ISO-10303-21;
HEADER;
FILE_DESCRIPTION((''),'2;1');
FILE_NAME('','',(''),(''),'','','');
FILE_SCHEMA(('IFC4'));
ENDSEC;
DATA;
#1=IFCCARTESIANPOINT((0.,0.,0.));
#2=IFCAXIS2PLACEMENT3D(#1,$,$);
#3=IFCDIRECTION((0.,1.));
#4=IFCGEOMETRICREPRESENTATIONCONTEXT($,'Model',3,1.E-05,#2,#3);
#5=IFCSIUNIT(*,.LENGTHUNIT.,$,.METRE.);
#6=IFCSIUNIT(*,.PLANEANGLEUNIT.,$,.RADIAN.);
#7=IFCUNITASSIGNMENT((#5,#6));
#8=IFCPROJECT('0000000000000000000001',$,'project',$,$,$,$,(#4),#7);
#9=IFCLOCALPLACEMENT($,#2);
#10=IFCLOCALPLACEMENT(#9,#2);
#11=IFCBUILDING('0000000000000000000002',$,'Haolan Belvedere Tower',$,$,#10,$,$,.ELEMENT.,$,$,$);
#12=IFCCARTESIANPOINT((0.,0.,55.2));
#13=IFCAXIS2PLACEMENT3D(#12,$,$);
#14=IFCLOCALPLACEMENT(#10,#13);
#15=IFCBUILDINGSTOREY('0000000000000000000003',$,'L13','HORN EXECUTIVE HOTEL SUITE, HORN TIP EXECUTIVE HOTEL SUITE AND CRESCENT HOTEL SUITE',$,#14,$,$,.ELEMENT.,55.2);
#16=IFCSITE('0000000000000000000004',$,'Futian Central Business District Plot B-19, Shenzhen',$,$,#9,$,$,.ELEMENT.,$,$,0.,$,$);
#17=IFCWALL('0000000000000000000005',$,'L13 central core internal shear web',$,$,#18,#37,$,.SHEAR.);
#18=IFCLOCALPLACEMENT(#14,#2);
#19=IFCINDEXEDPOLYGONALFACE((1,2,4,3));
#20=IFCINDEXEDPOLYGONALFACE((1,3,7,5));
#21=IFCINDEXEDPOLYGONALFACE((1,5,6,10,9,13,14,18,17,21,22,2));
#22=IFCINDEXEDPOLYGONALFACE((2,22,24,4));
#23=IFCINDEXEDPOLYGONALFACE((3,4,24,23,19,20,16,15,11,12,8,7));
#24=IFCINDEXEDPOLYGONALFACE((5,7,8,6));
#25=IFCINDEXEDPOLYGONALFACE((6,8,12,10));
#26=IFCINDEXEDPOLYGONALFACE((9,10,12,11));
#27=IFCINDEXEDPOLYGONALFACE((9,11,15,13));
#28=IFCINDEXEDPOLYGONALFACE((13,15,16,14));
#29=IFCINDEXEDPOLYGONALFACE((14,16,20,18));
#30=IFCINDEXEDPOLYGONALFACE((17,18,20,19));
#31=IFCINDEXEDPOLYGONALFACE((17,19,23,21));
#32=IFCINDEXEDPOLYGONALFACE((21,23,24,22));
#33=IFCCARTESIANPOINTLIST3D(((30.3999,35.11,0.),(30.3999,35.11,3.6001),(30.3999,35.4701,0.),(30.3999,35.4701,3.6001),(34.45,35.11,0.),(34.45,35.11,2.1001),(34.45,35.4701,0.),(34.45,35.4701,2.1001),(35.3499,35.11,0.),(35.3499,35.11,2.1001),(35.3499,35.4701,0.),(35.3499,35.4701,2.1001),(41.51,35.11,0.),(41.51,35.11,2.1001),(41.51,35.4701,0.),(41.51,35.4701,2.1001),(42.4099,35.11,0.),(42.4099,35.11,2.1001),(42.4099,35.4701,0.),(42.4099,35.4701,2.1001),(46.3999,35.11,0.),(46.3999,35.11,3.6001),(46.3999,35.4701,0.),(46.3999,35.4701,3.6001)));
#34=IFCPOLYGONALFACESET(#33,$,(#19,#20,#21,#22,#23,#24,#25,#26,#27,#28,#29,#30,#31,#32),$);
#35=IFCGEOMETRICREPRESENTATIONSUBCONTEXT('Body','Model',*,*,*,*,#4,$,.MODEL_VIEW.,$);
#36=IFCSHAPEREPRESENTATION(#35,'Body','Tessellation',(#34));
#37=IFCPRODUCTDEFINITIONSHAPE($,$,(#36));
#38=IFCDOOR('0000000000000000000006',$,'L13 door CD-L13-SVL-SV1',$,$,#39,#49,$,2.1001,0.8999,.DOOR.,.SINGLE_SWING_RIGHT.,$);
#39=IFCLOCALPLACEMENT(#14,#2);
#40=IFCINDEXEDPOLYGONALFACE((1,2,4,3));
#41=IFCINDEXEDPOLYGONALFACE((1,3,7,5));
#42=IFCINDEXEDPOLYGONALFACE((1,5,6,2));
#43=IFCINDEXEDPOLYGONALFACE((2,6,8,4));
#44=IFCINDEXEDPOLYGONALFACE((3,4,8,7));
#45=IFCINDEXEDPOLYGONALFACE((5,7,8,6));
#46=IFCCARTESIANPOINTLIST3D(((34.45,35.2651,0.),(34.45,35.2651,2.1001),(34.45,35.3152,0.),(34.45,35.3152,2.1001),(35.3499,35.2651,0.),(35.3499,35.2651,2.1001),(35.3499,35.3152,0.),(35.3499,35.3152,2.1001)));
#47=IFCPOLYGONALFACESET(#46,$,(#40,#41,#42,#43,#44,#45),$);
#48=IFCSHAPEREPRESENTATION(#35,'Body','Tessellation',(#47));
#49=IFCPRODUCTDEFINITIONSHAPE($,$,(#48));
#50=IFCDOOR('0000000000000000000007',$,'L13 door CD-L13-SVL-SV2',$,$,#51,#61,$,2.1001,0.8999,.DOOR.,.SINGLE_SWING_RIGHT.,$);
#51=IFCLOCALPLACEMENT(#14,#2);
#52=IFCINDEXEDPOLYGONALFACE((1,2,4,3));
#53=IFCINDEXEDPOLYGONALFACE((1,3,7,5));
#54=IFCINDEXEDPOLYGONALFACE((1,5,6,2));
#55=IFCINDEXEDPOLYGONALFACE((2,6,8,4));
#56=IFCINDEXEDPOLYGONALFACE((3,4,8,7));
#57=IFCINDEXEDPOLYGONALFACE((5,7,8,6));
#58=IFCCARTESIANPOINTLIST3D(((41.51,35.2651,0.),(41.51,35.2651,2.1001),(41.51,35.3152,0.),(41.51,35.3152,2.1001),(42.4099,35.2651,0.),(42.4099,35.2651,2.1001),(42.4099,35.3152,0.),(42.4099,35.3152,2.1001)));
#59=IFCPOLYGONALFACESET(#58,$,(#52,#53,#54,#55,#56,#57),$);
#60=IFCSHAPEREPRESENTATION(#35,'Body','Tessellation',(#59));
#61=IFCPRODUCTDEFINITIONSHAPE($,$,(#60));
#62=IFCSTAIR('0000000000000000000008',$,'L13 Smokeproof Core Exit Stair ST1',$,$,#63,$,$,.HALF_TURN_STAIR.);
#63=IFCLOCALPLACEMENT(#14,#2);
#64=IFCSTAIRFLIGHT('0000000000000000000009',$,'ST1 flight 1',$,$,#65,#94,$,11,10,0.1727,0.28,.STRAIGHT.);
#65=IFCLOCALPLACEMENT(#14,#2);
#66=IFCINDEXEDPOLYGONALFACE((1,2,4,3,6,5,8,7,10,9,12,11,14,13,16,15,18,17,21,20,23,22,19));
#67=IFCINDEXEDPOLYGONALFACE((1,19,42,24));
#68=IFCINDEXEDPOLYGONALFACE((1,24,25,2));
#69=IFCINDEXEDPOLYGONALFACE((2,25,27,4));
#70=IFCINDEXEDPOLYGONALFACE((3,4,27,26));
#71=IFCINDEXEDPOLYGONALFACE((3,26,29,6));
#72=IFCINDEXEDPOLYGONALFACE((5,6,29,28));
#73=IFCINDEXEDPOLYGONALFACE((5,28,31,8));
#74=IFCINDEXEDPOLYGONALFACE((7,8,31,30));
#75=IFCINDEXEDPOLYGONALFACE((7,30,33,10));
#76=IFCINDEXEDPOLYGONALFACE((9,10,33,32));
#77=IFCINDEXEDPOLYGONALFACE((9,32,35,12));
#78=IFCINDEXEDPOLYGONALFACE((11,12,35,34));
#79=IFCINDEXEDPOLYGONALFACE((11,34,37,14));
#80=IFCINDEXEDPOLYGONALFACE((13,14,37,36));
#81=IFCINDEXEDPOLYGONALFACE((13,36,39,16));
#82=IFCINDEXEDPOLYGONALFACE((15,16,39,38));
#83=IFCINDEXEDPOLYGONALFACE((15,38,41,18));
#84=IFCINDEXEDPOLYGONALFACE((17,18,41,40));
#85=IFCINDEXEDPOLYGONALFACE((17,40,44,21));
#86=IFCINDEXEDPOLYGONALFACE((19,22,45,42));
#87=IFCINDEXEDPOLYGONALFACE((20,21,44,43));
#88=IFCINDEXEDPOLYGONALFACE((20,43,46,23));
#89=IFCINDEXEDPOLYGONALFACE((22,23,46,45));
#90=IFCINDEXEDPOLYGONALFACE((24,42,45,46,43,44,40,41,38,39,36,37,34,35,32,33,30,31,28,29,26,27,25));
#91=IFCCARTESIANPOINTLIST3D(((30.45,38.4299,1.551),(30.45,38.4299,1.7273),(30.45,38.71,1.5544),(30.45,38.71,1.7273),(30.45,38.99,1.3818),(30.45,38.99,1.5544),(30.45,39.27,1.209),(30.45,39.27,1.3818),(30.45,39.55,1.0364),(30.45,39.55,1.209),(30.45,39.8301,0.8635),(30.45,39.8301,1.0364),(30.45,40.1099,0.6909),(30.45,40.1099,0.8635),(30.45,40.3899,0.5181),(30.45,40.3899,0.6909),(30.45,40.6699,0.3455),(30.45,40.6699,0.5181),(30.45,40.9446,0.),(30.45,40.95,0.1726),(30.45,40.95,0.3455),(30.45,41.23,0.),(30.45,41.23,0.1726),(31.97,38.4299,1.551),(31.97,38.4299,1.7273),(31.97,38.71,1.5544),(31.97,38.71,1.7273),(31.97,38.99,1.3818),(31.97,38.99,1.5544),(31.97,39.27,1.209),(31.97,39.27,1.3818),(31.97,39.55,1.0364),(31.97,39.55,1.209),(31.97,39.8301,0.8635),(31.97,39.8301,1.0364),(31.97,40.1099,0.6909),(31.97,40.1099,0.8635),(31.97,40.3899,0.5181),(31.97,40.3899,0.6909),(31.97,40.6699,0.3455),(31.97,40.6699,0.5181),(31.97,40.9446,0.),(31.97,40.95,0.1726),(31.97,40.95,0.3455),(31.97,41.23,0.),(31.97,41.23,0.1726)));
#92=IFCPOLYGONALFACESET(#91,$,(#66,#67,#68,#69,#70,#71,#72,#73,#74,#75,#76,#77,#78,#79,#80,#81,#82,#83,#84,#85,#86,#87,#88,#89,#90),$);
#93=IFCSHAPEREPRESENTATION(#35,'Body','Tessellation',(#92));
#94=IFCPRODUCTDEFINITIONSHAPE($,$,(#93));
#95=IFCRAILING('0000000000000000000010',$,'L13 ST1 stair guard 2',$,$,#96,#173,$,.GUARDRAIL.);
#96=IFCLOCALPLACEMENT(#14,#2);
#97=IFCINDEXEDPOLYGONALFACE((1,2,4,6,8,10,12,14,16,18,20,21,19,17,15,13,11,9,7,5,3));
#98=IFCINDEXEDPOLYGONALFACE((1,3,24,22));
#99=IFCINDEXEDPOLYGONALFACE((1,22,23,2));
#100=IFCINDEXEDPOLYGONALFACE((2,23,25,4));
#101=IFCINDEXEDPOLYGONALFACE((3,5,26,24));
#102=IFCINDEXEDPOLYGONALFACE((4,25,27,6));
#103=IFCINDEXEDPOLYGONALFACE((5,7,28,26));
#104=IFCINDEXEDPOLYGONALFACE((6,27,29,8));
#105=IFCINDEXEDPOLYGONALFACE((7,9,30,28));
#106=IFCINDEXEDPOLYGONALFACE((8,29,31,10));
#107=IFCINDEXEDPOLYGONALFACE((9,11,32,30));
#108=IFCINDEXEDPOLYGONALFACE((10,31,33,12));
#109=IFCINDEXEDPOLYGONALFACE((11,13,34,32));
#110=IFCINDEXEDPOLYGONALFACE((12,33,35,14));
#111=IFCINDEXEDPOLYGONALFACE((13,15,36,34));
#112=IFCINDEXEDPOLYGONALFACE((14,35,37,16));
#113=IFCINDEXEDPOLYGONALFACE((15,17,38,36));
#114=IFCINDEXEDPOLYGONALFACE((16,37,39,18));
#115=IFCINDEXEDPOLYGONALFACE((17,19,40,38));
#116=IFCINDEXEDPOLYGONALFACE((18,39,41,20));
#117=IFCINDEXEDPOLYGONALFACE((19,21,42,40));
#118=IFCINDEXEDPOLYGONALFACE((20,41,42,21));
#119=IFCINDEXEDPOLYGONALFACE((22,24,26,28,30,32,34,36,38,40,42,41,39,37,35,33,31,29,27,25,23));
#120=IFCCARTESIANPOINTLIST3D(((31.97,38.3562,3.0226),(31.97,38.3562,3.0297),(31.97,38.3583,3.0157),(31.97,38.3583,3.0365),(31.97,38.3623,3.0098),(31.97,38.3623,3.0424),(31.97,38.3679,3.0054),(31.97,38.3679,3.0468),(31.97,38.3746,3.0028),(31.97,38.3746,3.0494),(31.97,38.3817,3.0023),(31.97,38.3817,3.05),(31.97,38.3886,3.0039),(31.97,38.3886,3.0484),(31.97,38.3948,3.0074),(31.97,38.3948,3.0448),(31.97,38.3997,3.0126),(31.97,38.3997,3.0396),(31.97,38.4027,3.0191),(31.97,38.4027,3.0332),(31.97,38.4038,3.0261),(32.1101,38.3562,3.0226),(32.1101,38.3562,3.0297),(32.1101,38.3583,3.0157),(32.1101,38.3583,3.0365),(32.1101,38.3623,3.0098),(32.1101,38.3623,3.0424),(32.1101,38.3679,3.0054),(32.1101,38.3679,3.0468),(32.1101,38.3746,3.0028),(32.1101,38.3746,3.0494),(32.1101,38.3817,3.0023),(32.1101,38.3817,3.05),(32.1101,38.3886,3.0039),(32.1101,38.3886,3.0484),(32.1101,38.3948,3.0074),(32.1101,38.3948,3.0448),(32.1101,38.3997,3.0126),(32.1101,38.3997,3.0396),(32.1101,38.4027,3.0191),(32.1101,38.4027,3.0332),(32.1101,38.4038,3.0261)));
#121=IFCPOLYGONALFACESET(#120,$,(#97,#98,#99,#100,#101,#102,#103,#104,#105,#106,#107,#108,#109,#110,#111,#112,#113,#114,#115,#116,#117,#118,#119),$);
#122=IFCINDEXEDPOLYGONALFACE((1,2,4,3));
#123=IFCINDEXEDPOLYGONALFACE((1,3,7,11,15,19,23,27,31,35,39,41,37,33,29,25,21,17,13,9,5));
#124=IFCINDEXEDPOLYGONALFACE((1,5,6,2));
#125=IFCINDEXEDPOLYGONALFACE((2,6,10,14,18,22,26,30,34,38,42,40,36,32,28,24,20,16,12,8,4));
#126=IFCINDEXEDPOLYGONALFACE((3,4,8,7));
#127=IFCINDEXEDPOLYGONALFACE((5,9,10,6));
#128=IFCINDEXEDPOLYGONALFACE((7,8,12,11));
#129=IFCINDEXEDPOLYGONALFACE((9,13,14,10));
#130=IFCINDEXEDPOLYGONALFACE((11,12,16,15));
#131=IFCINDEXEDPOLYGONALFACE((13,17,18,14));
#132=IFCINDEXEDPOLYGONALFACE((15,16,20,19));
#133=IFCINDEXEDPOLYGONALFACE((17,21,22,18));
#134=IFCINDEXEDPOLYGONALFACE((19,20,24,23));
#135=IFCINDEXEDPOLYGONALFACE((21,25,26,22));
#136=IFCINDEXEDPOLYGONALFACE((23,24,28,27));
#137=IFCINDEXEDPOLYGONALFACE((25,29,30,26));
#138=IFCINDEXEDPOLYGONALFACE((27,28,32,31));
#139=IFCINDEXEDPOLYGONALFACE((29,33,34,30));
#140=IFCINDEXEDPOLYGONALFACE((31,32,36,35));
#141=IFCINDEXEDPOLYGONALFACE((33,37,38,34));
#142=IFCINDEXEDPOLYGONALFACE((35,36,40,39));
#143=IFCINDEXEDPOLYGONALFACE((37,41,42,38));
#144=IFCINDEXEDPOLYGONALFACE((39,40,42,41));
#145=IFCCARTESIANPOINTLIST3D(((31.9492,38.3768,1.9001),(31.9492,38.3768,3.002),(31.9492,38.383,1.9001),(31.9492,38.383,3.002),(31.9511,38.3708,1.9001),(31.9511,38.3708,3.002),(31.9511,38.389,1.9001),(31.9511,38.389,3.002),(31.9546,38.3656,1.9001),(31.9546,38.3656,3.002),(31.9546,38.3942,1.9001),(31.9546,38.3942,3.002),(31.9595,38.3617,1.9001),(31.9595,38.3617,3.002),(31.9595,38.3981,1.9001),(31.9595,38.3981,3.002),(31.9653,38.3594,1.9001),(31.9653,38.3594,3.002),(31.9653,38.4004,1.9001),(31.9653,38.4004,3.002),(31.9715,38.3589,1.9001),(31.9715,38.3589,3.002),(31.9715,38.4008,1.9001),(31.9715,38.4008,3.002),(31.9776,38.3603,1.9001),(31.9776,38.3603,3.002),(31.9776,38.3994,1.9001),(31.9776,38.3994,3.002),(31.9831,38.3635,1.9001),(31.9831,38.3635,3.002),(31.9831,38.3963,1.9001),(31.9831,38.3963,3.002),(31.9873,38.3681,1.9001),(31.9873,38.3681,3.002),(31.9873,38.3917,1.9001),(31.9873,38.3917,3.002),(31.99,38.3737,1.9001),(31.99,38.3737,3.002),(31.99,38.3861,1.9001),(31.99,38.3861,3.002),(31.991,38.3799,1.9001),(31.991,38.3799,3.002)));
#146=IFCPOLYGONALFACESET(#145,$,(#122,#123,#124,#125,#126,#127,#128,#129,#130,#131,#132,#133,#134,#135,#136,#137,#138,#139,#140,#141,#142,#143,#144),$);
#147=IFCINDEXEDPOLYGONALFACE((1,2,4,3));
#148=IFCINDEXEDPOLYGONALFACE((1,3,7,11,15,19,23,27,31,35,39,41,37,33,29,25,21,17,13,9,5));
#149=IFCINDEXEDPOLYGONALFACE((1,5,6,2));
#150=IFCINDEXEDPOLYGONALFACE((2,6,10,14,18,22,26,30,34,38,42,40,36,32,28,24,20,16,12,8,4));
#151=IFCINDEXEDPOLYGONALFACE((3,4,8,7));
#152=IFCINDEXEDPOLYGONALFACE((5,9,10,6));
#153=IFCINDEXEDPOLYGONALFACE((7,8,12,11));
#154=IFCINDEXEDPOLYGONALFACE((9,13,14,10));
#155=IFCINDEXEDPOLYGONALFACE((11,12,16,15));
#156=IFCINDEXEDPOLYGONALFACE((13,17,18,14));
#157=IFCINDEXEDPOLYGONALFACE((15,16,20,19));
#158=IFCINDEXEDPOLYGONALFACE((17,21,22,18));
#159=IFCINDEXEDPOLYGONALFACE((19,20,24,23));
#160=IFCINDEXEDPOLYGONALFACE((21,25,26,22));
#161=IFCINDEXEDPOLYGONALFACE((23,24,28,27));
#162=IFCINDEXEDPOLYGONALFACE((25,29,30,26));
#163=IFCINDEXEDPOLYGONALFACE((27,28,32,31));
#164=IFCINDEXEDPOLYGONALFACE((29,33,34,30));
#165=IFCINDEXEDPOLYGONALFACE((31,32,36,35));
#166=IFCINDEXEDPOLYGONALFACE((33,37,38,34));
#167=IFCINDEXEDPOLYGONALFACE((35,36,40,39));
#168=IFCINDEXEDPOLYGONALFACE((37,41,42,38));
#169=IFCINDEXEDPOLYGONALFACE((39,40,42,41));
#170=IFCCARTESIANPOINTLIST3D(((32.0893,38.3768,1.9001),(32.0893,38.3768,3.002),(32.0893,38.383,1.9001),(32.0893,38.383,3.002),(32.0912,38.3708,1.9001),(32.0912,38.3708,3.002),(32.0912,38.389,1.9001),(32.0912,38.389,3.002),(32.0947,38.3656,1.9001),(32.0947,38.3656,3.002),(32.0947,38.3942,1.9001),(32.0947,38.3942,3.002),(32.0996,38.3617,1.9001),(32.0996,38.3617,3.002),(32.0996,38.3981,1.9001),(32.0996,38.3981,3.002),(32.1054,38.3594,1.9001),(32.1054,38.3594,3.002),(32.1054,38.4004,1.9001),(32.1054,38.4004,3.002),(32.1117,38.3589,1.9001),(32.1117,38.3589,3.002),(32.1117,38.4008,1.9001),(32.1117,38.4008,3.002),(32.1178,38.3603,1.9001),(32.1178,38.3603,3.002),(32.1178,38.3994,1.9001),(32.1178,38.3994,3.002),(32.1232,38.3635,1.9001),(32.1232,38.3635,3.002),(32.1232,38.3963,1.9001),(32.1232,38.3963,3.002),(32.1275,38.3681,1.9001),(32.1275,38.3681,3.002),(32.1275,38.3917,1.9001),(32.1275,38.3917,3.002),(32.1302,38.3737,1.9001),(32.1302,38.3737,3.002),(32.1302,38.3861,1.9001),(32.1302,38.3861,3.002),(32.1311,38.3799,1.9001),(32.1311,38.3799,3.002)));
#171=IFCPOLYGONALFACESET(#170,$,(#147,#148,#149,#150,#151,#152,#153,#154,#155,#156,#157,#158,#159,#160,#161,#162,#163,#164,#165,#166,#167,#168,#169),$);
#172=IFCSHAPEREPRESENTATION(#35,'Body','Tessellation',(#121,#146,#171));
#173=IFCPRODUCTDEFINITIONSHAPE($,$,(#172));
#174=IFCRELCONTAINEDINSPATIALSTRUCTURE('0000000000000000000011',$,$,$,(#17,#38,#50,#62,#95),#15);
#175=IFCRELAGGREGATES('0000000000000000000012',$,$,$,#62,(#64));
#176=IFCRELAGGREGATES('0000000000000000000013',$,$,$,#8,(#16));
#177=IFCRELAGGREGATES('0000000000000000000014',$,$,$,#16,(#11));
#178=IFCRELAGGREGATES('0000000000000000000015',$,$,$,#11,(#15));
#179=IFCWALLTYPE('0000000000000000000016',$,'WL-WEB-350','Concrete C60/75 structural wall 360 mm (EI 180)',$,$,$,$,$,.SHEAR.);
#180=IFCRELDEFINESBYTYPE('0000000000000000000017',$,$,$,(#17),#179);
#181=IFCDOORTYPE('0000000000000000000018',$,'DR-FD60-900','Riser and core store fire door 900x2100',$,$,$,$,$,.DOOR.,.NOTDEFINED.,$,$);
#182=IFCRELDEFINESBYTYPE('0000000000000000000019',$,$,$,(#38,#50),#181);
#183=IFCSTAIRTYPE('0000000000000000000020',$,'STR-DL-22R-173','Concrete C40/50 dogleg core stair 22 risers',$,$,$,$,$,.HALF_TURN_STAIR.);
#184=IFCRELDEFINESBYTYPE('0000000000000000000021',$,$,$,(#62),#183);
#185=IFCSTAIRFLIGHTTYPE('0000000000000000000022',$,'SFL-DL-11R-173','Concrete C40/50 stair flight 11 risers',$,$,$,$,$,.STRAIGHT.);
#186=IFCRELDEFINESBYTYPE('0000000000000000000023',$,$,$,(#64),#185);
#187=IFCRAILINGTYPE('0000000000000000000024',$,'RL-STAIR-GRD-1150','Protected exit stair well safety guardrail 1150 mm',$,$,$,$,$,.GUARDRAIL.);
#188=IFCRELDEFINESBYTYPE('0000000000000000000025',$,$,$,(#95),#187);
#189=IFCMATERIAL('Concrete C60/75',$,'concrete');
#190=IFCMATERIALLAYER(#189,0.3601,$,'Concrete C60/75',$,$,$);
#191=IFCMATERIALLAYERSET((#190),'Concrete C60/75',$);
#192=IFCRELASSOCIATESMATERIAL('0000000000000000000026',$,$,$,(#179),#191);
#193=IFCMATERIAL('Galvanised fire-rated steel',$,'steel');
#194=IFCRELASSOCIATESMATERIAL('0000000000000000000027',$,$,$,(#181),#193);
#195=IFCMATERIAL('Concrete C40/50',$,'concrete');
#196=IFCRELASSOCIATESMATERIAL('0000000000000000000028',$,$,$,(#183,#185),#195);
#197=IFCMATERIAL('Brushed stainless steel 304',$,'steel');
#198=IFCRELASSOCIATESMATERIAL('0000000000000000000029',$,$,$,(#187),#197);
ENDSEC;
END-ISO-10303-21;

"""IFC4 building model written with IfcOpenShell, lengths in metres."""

from ifc_helpers import new_model, si_unit, direction, frame, frame_2d, origin, origin_2d, place, context, subcontext, project, spatial, polyline, rectangle, circle, outline, extrude, material, layer, layer_set, type_object, element, fill, aggregate, save


model = new_model("IFC4")

# Units and contexts
model_context = context("Model", 3, precision=1e-05, world=origin(), true_north=direction((0.0, 1.0)))
body_context = subcontext(model_context, "Body", "Model", "MODEL_VIEW")
ifc_project = project(units=[si_unit("LENGTHUNIT", "METRE"), si_unit("PLANEANGLEUNIT", "RADIAN")], contexts=[model_context])

# Site, building, storey
site_placement = place(None, origin())
site = spatial("IfcSite", under=ifc_project, at=site_placement, Name="Futian Central Business District Plot B-19, Shenzhen", CompositionType="ELEMENT", RefElevation=0.0)
building_placement = place(site_placement, origin())
building = spatial("IfcBuilding", under=site, at=building_placement, Name="Haolan Belvedere Tower", CompositionType="ELEMENT")
storey_placement = place(building_placement, frame((0.0, 0.0, 55.2)))
storey = spatial("IfcBuildingStorey", under=building, at=storey_placement, Name="L13", Description="HORN EXECUTIVE HOTEL SUITE, HORN TIP EXECUTIVE HOTEL SUITE AND CRESCENT HOTEL SUITE", CompositionType="ELEMENT", Elevation=55.2)

# Shared definitions
ifc_material_1 = material(Name="Concrete C60/75", Category="concrete")

# Wall, openings, doors
ifc_layer_1 = layer(ifc_material_1, 0.3601, Name="Concrete C60/75")
ifc_layer_set_1 = layer_set([ifc_layer_1], Name="Concrete C60/75")
wall_type_1 = type_object("IfcWallType", Name="WL-WEB-350", Description="Concrete C60/75 structural wall 360 mm (EI 180)", PredefinedType="SHEAR", material=ifc_layer_set_1)
wall_1_placement = place(storey_placement, frame((30.3999, 35.29, 0.0), z_axis=(0.0, 0.0, 1.0), x_axis=(1.0, 0.0, 0.0)))
wall_1 = element("IfcWall", 1, at=wall_1_placement, inside=storey, type_object=wall_type_1, Name="L13 central core internal shear web", PredefinedType="SHEAR", context=body_context, shape_type="SweptSolid", body=[
    extrude(rectangle(XDim=16.0, YDim=0.3601, at=frame_2d((8.0, 0.0))), origin(), (0.0, 0.0, 1.0), 3.6001),
])
opening_1_placement = place(wall_1_placement, frame((4.95, 0.0, 0.0), z_axis=(0.0, 0.0, 1.0), x_axis=(-1.0, 0.0, 0.0)))
opening_1 = element("IfcOpeningElement", 2, at=opening_1_placement, cuts=wall_1, PredefinedType="OPENING", context=body_context, shape_type="SweptSolid", body=[
    extrude(rectangle(XDim=0.8999, YDim=2.1001, at=frame_2d((0.45, 1.05))), frame((0.0, 0.1899, 0.0), z_axis=(0.0, -1.0, 0.0), x_axis=(1.0, 0.0, 0.0)), (0.0, 0.0, 1.0), 0.3801),
])
opening_2_placement = place(wall_1_placement, frame((12.01, 0.0, 0.0), z_axis=(0.0, 0.0, 1.0), x_axis=(-1.0, 0.0, 0.0)))
opening_2 = element("IfcOpeningElement", 3, at=opening_2_placement, cuts=wall_1, PredefinedType="OPENING", context=body_context, shape_type="SweptSolid", body=[
    extrude(rectangle(XDim=0.8999, YDim=2.1001, at=frame_2d((0.45, 1.05))), frame((0.0, 0.1899, 0.0), z_axis=(0.0, -1.0, 0.0), x_axis=(1.0, 0.0, 0.0)), (0.0, 0.0, 1.0), 0.3801),
])
ifc_material_2 = material(Name="Galvanised fire-rated steel", Category="steel")
door_type_1 = type_object("IfcDoorType", Name="DR-FD60-900", Description="Riser and core store fire door 900x2100", OperationType="NOTDEFINED", PredefinedType="DOOR", material=ifc_material_2)
door_1_placement = place(opening_1_placement, origin())
door_1 = element("IfcDoor", 4, at=door_1_placement, inside=storey, type_object=door_type_1, Name="L13 door CD-L13-SVL-SV1", OperationType="SINGLE_SWING_RIGHT", OverallHeight=2.1001, OverallWidth=0.8999, PredefinedType="DOOR", context=body_context, shape_type="SweptSolid", body=[
    extrude(rectangle(XDim=0.8999, YDim=2.1001, at=frame_2d((0.45, 1.05))), frame((0.0, 0.0249, 0.0), z_axis=(0.0, -1.0, 0.0), x_axis=(1.0, 0.0, 0.0)), (0.0, 0.0, 1.0), 0.05),
])
fill(opening_1, door_1)
door_2_placement = place(opening_2_placement, origin())
door_2 = element("IfcDoor", 5, at=door_2_placement, inside=storey, type_object=door_type_1, Name="L13 door CD-L13-SVL-SV2", OperationType="SINGLE_SWING_RIGHT", OverallHeight=2.1001, OverallWidth=0.8999, PredefinedType="DOOR", context=body_context, shape_type="SweptSolid", body=[
    extrude(rectangle(XDim=0.8999, YDim=2.1001, at=frame_2d((0.45, 1.05))), frame((0.0, 0.0249, 0.0), z_axis=(0.0, -1.0, 0.0), x_axis=(1.0, 0.0, 0.0)), (0.0, 0.0, 1.0), 0.05),
])
fill(opening_2, door_2)

# Stair, stair flight
ifc_material_3 = material(Name="Concrete C40/50", Category="concrete")
stair_type = type_object("IfcStairType", Name="STR-DL-22R-173", Description="Concrete C40/50 dogleg core stair 22 risers", PredefinedType="HALF_TURN_STAIR", material=ifc_material_3)
stair_placement = place(storey_placement, origin())
stair = element("IfcStair", 6, at=stair_placement, inside=storey, type_object=stair_type, Name="L13 Smokeproof Core Exit Stair ST1", PredefinedType="HALF_TURN_STAIR")
stair_flight_type = type_object("IfcStairFlightType", Name="SFL-DL-11R-173", Description="Concrete C40/50 stair flight 11 risers", PredefinedType="STRAIGHT", material=ifc_material_3)
stair_flight_placement = place(storey_placement, frame((31.21, 41.23, 0.0), z_axis=(0.0, 0.0, 1.0), x_axis=(0.0, -1.0, 0.0)))
stair_flight = element("IfcStairFlight", 7, at=stair_flight_placement, type_object=stair_flight_type, Name="ST1 flight 1", NumberOfRisers=11, NumberOfTreads=10, PredefinedType="STRAIGHT", RiserHeight=0.1727, TreadLength=0.28, context=body_context, shape_type="SweptSolid", body=[
    extrude(outline(polyline([(0.0, 0.0), (0.0, 0.1726), (0.28, 0.1726), (0.28, 0.3455), (0.5601, 0.3455), (0.5601, 0.5181), (0.8401, 0.5181), (0.8401, 0.6909), (1.1201, 0.6909), (1.1201, 0.8635), (1.3999, 0.8635), (1.3999, 1.0364), (1.6799, 1.0364), (1.6799, 1.209), (1.96, 1.209), (1.96, 1.3818), (2.24, 1.3818), (2.24, 1.5544), (2.52, 1.5544), (2.52, 1.7273), (2.8, 1.7273), (2.8, 1.8999), (2.8, 1.551), (0.2854, 0.0), (0.0, 0.0)])), frame((0.0, 0.76, 0.0), z_axis=(0.0, -1.0, 0.0), x_axis=(1.0, 0.0, 0.0)), (0.0, 0.0, 1.0), 1.52),
])
aggregate(stair, [stair_flight])

# Railing
ifc_material_4 = material(Name="Brushed stainless steel 304", Category="steel")
railing_type_1 = type_object("IfcRailingType", Name="RL-STAIR-GRD-1150", Description="Protected exit stair well safety guardrail 1150 mm", PredefinedType="GUARDRAIL", material=ifc_material_4)
railing_1_placement = place(storey_placement, frame((31.97, 38.3799, 1.9001)))
element("IfcRailing", 8, at=railing_1_placement, inside=storey, type_object=railing_type_1, Name="L13 ST1 stair guard 2", PredefinedType="GUARDRAIL", context=body_context, shape_type="SweptSolid", body=[
    extrude(circle(Radius=0.0239, at=origin_2d()), frame((0.0, 0.0, 1.126), z_axis=(1.0, 0.0, 0.0), x_axis=(0.0, 1.0, 0.0)), (0.0, 0.0, 1.0), 0.1401),
    extrude(circle(Radius=0.021, at=origin_2d()), origin(), (0.0, 0.0, 1.0), 1.1018),
    extrude(circle(Radius=0.021, at=origin_2d()), frame((0.1401, 0.0, 0.0)), (0.0, 0.0, 1.0), 1.1018),
])

save(model, "model.ifc")
